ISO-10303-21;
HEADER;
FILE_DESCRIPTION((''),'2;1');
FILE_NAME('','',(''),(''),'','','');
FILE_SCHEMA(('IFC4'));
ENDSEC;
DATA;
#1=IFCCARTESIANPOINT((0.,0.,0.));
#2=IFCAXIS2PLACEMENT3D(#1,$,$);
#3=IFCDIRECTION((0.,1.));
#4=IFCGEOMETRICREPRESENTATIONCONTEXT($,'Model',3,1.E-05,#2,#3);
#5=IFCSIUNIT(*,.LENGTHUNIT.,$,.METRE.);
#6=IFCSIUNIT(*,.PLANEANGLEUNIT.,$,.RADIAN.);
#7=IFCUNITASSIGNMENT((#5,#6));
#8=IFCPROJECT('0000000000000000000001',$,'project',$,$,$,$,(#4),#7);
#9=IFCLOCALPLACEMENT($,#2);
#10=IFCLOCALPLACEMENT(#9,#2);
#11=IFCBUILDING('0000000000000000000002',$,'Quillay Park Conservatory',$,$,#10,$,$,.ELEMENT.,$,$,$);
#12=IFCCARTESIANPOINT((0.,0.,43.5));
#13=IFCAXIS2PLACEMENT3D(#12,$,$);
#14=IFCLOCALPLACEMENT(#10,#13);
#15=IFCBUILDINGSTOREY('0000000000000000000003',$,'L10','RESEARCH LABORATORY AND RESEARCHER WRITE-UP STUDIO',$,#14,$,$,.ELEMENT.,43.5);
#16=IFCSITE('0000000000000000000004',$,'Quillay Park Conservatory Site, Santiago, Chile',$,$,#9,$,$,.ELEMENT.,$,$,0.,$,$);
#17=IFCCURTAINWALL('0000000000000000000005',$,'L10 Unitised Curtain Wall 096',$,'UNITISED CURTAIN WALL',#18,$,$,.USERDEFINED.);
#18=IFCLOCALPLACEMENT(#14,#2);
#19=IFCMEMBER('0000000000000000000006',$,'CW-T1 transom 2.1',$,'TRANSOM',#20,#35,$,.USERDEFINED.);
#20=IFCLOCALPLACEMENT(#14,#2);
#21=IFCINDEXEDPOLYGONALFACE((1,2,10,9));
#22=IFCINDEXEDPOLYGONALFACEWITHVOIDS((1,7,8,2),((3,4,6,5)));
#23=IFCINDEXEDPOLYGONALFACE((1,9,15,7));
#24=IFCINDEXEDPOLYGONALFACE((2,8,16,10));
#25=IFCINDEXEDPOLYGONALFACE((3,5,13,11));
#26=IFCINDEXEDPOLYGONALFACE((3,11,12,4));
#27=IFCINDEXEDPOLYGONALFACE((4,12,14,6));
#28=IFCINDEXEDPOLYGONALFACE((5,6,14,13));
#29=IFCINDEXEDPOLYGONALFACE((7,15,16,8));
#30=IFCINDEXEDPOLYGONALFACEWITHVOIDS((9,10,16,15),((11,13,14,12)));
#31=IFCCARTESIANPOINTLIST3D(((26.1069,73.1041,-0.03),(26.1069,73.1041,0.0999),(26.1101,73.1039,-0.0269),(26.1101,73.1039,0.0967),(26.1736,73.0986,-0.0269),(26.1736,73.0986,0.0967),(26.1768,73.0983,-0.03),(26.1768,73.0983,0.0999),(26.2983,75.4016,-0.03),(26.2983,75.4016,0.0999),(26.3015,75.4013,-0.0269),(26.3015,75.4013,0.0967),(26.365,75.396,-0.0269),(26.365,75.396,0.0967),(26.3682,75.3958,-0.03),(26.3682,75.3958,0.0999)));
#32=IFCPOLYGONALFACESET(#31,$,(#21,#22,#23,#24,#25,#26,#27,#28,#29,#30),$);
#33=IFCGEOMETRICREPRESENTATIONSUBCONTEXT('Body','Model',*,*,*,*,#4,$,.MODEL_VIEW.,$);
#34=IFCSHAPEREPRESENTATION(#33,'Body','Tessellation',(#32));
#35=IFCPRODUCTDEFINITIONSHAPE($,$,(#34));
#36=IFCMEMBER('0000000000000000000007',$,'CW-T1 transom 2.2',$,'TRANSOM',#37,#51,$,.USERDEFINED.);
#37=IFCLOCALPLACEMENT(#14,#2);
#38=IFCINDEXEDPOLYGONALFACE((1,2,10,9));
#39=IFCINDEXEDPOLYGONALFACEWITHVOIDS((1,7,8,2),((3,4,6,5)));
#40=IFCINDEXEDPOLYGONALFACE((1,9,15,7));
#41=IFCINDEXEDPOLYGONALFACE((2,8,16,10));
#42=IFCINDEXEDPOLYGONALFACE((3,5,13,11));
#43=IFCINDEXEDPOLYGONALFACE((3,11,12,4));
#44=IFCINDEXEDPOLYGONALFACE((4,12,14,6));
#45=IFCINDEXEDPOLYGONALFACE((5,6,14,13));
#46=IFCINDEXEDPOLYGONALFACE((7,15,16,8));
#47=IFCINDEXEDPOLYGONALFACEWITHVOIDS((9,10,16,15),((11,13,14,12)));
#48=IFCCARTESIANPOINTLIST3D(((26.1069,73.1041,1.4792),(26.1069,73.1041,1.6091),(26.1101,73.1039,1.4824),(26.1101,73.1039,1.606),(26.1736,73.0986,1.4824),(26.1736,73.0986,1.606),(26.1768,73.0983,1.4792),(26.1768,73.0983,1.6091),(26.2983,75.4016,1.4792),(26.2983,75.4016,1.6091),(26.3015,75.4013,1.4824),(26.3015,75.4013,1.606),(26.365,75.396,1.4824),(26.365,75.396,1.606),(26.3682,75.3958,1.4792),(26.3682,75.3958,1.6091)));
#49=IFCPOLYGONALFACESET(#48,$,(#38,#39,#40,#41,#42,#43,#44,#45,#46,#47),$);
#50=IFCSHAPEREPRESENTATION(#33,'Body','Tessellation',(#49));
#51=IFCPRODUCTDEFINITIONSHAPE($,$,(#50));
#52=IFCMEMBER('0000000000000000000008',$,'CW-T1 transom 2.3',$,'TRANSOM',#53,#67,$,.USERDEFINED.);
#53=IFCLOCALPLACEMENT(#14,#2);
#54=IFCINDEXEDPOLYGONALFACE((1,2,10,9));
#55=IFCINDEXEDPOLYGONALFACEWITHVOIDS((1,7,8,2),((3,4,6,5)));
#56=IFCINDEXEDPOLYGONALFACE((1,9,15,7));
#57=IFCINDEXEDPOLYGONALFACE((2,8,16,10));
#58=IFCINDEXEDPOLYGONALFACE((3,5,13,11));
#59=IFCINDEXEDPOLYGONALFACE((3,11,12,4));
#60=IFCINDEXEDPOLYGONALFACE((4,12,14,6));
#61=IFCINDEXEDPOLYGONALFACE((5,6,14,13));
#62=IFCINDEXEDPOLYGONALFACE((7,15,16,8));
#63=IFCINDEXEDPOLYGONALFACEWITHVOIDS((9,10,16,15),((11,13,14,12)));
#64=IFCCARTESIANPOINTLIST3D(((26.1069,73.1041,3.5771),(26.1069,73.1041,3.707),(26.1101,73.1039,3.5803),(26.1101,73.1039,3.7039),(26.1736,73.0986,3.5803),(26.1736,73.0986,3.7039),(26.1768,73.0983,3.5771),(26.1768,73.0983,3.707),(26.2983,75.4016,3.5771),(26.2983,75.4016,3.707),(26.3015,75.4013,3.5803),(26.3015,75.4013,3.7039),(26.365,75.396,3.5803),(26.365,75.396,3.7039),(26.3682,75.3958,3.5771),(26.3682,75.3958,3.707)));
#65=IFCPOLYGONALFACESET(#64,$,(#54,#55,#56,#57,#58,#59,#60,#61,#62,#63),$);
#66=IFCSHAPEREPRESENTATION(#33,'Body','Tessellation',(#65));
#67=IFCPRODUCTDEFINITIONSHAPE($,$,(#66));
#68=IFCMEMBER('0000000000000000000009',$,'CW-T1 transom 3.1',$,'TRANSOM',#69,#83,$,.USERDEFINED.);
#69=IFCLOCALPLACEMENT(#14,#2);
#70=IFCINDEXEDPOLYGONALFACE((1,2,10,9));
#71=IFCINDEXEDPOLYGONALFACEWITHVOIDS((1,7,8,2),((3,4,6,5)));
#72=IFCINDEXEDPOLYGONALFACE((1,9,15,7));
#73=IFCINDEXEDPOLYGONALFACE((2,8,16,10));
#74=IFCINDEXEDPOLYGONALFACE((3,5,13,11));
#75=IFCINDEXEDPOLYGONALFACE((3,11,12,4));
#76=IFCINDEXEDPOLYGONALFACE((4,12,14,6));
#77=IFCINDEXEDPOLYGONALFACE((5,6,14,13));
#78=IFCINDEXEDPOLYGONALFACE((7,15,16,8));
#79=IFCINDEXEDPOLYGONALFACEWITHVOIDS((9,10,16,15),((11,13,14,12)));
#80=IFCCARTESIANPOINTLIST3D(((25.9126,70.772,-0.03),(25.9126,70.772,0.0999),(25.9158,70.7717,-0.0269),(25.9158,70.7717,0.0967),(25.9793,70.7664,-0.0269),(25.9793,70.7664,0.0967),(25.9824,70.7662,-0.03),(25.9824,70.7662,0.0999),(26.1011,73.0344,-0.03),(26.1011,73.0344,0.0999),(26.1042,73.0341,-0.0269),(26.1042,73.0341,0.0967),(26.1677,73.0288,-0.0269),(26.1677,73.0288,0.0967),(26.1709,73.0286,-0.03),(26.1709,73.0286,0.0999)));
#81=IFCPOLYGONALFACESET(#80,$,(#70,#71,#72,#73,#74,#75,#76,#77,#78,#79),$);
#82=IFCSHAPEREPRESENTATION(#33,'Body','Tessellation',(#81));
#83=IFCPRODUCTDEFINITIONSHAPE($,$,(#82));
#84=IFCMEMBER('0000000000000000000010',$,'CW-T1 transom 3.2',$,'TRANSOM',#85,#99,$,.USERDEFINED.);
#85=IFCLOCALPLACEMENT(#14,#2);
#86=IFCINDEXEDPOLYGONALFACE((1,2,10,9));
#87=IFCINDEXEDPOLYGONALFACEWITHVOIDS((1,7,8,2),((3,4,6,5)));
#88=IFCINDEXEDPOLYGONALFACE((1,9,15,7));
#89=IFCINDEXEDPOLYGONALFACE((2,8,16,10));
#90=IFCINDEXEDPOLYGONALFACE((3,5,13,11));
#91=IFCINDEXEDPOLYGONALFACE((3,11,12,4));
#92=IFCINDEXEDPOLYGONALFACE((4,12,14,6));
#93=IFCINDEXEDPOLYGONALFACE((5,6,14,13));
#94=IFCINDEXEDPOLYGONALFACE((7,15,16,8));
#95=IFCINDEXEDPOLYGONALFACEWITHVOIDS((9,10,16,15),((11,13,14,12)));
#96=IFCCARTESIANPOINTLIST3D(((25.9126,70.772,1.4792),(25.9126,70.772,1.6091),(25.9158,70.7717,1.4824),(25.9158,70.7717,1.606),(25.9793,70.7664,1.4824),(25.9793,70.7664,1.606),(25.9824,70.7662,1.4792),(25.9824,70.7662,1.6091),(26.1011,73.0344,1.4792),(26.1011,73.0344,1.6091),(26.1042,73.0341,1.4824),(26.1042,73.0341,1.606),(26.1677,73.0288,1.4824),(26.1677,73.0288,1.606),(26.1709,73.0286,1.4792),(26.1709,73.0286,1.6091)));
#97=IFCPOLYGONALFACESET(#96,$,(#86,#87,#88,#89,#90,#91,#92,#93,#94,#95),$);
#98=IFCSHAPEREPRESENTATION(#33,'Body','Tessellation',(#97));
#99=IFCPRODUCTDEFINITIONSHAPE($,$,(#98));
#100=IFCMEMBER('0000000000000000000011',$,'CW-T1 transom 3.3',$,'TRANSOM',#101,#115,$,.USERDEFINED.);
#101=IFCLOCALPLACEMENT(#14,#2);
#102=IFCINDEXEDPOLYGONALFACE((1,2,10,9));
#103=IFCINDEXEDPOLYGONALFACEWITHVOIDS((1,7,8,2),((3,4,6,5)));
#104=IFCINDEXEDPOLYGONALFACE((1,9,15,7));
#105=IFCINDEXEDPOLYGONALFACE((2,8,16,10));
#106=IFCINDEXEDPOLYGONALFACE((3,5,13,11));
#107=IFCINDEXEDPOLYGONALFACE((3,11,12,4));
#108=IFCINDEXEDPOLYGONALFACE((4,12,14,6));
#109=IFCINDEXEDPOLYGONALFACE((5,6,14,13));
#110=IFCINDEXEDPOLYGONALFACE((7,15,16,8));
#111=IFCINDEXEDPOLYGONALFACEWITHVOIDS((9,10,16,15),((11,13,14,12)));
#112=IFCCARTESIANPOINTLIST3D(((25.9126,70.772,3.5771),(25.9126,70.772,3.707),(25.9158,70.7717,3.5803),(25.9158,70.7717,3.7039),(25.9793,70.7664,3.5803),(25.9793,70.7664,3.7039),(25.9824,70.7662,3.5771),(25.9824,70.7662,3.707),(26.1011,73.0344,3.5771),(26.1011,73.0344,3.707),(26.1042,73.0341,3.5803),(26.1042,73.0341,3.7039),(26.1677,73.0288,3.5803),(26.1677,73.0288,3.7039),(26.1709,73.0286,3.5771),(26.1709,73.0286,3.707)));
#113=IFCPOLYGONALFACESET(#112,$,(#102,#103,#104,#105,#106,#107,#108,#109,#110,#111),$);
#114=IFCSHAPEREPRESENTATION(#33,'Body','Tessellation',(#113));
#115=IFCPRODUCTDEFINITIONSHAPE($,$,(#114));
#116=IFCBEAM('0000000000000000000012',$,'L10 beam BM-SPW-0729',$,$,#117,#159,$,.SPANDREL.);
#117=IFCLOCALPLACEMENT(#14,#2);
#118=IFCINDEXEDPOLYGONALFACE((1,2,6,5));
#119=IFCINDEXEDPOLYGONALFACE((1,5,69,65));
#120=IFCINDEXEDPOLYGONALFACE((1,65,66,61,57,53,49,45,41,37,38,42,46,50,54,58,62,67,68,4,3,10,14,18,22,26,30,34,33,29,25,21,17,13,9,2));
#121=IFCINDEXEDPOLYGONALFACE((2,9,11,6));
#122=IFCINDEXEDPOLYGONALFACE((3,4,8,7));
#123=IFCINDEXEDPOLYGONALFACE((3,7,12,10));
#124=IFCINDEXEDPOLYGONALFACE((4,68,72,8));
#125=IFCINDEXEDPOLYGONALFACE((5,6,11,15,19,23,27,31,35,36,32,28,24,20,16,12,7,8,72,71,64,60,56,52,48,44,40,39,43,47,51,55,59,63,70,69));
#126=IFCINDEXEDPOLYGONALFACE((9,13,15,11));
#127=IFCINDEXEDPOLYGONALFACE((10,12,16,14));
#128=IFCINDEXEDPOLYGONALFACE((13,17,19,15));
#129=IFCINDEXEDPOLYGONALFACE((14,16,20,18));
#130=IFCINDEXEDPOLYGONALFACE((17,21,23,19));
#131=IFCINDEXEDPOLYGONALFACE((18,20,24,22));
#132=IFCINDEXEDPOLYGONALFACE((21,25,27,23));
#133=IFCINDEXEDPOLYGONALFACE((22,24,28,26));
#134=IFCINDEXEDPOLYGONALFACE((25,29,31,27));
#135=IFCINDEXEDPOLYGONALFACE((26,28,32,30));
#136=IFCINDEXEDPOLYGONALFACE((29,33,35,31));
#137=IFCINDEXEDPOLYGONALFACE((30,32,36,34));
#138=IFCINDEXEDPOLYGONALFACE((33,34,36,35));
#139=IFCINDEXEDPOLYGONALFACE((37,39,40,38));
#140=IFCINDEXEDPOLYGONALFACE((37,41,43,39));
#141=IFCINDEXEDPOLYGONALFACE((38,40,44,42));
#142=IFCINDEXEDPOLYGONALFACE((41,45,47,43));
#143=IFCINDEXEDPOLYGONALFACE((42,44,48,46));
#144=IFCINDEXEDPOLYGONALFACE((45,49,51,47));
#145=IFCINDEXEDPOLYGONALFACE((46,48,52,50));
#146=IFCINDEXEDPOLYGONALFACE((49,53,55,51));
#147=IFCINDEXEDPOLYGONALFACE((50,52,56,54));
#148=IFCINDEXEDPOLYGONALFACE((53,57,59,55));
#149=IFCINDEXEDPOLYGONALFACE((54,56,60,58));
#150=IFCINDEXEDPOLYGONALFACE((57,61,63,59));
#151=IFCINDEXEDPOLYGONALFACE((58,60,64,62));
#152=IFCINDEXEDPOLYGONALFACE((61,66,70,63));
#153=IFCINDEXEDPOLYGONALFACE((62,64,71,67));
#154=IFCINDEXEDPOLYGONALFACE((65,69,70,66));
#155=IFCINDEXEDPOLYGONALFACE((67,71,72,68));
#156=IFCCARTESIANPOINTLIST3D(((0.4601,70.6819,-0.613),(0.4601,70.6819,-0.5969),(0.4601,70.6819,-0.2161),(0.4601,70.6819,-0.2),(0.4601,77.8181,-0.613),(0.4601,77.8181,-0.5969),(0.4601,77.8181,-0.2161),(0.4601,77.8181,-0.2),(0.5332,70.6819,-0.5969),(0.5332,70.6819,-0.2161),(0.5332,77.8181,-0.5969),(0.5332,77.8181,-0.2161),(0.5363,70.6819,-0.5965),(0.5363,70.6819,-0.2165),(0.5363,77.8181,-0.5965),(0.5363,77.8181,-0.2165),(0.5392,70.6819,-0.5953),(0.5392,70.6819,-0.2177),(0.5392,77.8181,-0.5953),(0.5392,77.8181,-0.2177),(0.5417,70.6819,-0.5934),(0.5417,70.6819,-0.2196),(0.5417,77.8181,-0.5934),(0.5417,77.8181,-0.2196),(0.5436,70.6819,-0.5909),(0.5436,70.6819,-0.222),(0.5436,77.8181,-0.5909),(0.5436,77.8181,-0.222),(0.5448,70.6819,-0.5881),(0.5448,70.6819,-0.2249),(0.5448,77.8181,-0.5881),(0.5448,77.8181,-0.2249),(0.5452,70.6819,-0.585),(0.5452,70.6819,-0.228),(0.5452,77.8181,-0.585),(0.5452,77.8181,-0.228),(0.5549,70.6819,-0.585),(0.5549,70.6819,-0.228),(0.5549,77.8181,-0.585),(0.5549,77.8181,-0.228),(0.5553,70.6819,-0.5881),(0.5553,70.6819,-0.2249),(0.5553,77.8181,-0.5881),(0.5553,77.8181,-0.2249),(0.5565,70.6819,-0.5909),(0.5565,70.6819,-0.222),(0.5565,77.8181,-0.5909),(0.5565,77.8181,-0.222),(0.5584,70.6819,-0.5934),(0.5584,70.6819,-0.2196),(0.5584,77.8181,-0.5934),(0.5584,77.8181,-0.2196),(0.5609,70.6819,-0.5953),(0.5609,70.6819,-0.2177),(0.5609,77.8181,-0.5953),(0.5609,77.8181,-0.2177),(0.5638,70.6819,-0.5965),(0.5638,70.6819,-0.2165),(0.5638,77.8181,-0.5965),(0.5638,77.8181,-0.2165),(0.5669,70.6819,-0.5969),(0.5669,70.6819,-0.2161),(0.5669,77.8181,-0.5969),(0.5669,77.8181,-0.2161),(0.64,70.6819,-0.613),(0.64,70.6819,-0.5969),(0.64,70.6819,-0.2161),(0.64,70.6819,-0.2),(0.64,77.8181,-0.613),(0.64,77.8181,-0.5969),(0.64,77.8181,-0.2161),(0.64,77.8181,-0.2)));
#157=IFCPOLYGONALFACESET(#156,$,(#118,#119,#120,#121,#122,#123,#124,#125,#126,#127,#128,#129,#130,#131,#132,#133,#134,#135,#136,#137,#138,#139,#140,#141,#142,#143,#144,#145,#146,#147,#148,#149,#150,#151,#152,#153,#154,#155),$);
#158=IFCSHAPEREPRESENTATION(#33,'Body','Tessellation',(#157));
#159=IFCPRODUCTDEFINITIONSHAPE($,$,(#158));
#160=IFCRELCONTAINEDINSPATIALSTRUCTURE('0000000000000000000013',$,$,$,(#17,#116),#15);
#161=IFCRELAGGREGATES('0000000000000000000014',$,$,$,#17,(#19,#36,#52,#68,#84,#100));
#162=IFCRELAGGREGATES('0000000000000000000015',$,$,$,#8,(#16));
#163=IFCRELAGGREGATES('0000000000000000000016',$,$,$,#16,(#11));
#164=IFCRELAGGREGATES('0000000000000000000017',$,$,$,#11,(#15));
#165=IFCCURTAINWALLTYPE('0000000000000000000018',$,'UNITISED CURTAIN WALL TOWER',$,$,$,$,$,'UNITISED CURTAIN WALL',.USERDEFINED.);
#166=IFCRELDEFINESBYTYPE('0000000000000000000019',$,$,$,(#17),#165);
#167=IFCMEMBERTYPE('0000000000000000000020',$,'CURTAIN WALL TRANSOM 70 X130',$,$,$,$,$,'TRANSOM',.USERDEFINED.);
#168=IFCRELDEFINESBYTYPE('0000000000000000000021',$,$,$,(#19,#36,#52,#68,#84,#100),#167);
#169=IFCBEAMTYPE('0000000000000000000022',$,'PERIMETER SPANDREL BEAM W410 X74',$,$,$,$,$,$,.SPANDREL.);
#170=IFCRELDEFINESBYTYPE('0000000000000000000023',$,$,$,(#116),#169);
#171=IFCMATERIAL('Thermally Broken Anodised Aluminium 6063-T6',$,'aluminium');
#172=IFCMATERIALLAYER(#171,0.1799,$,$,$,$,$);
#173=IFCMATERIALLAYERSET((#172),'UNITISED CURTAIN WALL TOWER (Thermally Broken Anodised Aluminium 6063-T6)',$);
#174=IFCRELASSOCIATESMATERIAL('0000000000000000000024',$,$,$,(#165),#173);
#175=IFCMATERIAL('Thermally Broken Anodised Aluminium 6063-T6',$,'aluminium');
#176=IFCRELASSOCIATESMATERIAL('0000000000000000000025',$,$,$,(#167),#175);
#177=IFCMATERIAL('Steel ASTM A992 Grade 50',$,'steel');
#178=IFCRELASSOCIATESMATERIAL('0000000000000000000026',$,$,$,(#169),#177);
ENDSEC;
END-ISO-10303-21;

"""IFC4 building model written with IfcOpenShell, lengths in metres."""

from ifc_helpers import new_model, si_unit, direction, frame, origin, origin_2d, place, context, subcontext, project, spatial, hollow_rectangle, i_section, extrude, material, layer, layer_set, material_profile, profile_set, type_object, element, aggregate, save


model = new_model("IFC4")

# Units and contexts
model_context = context("Model", 3, precision=1e-05, world=origin(), true_north=direction((0.0, 1.0)))
body_context = subcontext(model_context, "Body", "Model", "MODEL_VIEW")
ifc_project = project(units=[si_unit("LENGTHUNIT", "METRE"), si_unit("PLANEANGLEUNIT", "RADIAN")], contexts=[model_context])

# Site, building, storey
site_placement = place(None, origin())
site = spatial("IfcSite", under=ifc_project, at=site_placement, Name="Quillay Park Conservatory Site, Santiago, Chile", CompositionType="ELEMENT", RefElevation=0.0)
building_placement = place(site_placement, origin())
building = spatial("IfcBuilding", under=site, at=building_placement, Name="Quillay Park Conservatory", CompositionType="ELEMENT")
storey_placement = place(building_placement, frame((0.0, 0.0, 43.5)))
storey = spatial("IfcBuildingStorey", under=building, at=storey_placement, Name="L10", Description="RESEARCH LABORATORY AND RESEARCHER WRITE-UP STUDIO", CompositionType="ELEMENT", Elevation=43.5)

# Curtain wall, members
ifc_material_1 = material(Name="Thermally Broken Anodised Aluminium 6063-T6", Category="aluminium")
ifc_layer_1 = layer(ifc_material_1, 0.1799)
ifc_layer_set_1 = layer_set([ifc_layer_1], Name="UNITISED CURTAIN WALL TOWER (Thermally Broken Anodised Aluminium 6063-T6)")
curtain_wall_type = type_object("IfcCurtainWallType", Name="UNITISED CURTAIN WALL TOWER", ElementType="UNITISED CURTAIN WALL", PredefinedType="USERDEFINED", material=ifc_layer_set_1)
curtain_wall_placement = place(storey_placement, origin())
curtain_wall = element("IfcCurtainWall", 1, at=curtain_wall_placement, inside=storey, type_object=curtain_wall_type, Name="L10 Unitised Curtain Wall 096", ObjectType="UNITISED CURTAIN WALL", PredefinedType="USERDEFINED")
ifc_material_2 = material(Name="Thermally Broken Anodised Aluminium 6063-T6", Category="aluminium")
ifc_material_profile_1 = material_profile(ifc_material_2, hollow_rectangle(XDim=0.0701, YDim=0.1299, WallThickness=0.0032, at=origin_2d()), Name="AL70x130x3.2")
ifc_profile_set_1 = profile_set([ifc_material_profile_1], Name="Thermally Broken Anodised Aluminium 6063-T6")
member_type_1 = type_object("IfcMemberType", Name="CURTAIN WALL TRANSOM 70 X130", ElementType="TRANSOM", PredefinedType="USERDEFINED", material=ifc_profile_set_1)
member_1_placement = place(storey_placement, frame((26.3333, 75.3987, 0.0349), z_axis=(-0.083028, -0.996547, 0.0), x_axis=(0.996547, -0.083028, 0.0)))
member_1 = element("IfcMember", 2, at=member_1_placement, type_object=member_type_1, Name="CW-T1 transom 2.1", ObjectType="TRANSOM", PredefinedType="USERDEFINED", context=body_context, shape_type="SweptSolid", body=[
    extrude(hollow_rectangle(XDim=0.0701, YDim=0.1299, WallThickness=0.0032, at=origin_2d()), origin(), (0.0, 0.0, 1.0), 2.3054),
])
member_2_placement = place(storey_placement, frame((26.3333, 75.3987, 1.5442), z_axis=(-0.083028, -0.996547, 0.0), x_axis=(0.996547, -0.083028, 0.0)))
member_2 = element("IfcMember", 3, at=member_2_placement, type_object=member_type_1, Name="CW-T1 transom 2.2", ObjectType="TRANSOM", PredefinedType="USERDEFINED", context=body_context, shape_type="SweptSolid", body=[
    extrude(hollow_rectangle(XDim=0.0701, YDim=0.1299, WallThickness=0.0032, at=origin_2d()), origin(), (0.0, 0.0, 1.0), 2.3054),
])
member_3_placement = place(storey_placement, frame((26.3333, 75.3987, 3.6421), z_axis=(-0.083028, -0.996547, 0.0), x_axis=(0.996547, -0.083028, 0.0)))
member_3 = element("IfcMember", 4, at=member_3_placement, type_object=member_type_1, Name="CW-T1 transom 2.3", ObjectType="TRANSOM", PredefinedType="USERDEFINED", context=body_context, shape_type="SweptSolid", body=[
    extrude(hollow_rectangle(XDim=0.0701, YDim=0.1299, WallThickness=0.0032, at=origin_2d()), origin(), (0.0, 0.0, 1.0), 2.3054),
])
member_4_placement = place(storey_placement, frame((26.136, 73.0315, 0.0349), z_axis=(-0.083019, -0.996548, 0.0), x_axis=(0.996548, -0.083019, 0.0)))
member_4 = element("IfcMember", 5, at=member_4_placement, type_object=member_type_1, Name="CW-T1 transom 3.1", ObjectType="TRANSOM", PredefinedType="USERDEFINED", context=body_context, shape_type="SweptSolid", body=[
    extrude(hollow_rectangle(XDim=0.0701, YDim=0.1299, WallThickness=0.0032, at=origin_2d()), origin(), (0.0, 0.0, 1.0), 2.2703),
])
member_5_placement = place(storey_placement, frame((26.136, 73.0315, 1.5442), z_axis=(-0.083019, -0.996548, 0.0), x_axis=(0.996548, -0.083019, 0.0)))
member_5 = element("IfcMember", 6, at=member_5_placement, type_object=member_type_1, Name="CW-T1 transom 3.2", ObjectType="TRANSOM", PredefinedType="USERDEFINED", context=body_context, shape_type="SweptSolid", body=[
    extrude(hollow_rectangle(XDim=0.0701, YDim=0.1299, WallThickness=0.0032, at=origin_2d()), origin(), (0.0, 0.0, 1.0), 2.2703),
])
member_6_placement = place(storey_placement, frame((26.136, 73.0315, 3.6421), z_axis=(-0.083019, -0.996548, 0.0), x_axis=(0.996548, -0.083019, 0.0)))
member_6 = element("IfcMember", 7, at=member_6_placement, type_object=member_type_1, Name="CW-T1 transom 3.3", ObjectType="TRANSOM", PredefinedType="USERDEFINED", context=body_context, shape_type="SweptSolid", body=[
    extrude(hollow_rectangle(XDim=0.0701, YDim=0.1299, WallThickness=0.0032, at=origin_2d()), origin(), (0.0, 0.0, 1.0), 2.2703),
])

# Beam
ifc_material_3 = material(Name="Steel ASTM A992 Grade 50", Category="steel")
ifc_material_profile_2 = material_profile(ifc_material_3, i_section(OverallWidth=0.1799, OverallDepth=0.4131, WebThickness=0.0098, FlangeThickness=0.0161, FilletRadius=0.012, at=origin_2d()), Name="W410x74")
ifc_profile_set_2 = profile_set([ifc_material_profile_2], Name="Steel ASTM A992 Grade 50")
beam_type_1 = type_object("IfcBeamType", Name="PERIMETER SPANDREL BEAM W410 X74", PredefinedType="SPANDREL", material=ifc_profile_set_2)
beam_1_placement = place(storey_placement, frame((0.55, 70.6819, -0.4065), z_axis=(0.0, 1.0, 0.0), x_axis=(-1.0, 0.0, 0.0)))
element("IfcBeam", 8, at=beam_1_placement, inside=storey, type_object=beam_type_1, Name="L10 beam BM-SPW-0729", PredefinedType="SPANDREL", context=body_context, shape_type="SweptSolid", body=[
    extrude(i_section(OverallWidth=0.1799, OverallDepth=0.4131, WebThickness=0.0098, FlangeThickness=0.0161, FilletRadius=0.012, at=origin_2d()), origin(), (0.0, 0.0, 1.0), 7.1362),
])

aggregate(curtain_wall, [member_1, member_2, member_3, member_4, member_5, member_6])

save(model, "model.ifc")
